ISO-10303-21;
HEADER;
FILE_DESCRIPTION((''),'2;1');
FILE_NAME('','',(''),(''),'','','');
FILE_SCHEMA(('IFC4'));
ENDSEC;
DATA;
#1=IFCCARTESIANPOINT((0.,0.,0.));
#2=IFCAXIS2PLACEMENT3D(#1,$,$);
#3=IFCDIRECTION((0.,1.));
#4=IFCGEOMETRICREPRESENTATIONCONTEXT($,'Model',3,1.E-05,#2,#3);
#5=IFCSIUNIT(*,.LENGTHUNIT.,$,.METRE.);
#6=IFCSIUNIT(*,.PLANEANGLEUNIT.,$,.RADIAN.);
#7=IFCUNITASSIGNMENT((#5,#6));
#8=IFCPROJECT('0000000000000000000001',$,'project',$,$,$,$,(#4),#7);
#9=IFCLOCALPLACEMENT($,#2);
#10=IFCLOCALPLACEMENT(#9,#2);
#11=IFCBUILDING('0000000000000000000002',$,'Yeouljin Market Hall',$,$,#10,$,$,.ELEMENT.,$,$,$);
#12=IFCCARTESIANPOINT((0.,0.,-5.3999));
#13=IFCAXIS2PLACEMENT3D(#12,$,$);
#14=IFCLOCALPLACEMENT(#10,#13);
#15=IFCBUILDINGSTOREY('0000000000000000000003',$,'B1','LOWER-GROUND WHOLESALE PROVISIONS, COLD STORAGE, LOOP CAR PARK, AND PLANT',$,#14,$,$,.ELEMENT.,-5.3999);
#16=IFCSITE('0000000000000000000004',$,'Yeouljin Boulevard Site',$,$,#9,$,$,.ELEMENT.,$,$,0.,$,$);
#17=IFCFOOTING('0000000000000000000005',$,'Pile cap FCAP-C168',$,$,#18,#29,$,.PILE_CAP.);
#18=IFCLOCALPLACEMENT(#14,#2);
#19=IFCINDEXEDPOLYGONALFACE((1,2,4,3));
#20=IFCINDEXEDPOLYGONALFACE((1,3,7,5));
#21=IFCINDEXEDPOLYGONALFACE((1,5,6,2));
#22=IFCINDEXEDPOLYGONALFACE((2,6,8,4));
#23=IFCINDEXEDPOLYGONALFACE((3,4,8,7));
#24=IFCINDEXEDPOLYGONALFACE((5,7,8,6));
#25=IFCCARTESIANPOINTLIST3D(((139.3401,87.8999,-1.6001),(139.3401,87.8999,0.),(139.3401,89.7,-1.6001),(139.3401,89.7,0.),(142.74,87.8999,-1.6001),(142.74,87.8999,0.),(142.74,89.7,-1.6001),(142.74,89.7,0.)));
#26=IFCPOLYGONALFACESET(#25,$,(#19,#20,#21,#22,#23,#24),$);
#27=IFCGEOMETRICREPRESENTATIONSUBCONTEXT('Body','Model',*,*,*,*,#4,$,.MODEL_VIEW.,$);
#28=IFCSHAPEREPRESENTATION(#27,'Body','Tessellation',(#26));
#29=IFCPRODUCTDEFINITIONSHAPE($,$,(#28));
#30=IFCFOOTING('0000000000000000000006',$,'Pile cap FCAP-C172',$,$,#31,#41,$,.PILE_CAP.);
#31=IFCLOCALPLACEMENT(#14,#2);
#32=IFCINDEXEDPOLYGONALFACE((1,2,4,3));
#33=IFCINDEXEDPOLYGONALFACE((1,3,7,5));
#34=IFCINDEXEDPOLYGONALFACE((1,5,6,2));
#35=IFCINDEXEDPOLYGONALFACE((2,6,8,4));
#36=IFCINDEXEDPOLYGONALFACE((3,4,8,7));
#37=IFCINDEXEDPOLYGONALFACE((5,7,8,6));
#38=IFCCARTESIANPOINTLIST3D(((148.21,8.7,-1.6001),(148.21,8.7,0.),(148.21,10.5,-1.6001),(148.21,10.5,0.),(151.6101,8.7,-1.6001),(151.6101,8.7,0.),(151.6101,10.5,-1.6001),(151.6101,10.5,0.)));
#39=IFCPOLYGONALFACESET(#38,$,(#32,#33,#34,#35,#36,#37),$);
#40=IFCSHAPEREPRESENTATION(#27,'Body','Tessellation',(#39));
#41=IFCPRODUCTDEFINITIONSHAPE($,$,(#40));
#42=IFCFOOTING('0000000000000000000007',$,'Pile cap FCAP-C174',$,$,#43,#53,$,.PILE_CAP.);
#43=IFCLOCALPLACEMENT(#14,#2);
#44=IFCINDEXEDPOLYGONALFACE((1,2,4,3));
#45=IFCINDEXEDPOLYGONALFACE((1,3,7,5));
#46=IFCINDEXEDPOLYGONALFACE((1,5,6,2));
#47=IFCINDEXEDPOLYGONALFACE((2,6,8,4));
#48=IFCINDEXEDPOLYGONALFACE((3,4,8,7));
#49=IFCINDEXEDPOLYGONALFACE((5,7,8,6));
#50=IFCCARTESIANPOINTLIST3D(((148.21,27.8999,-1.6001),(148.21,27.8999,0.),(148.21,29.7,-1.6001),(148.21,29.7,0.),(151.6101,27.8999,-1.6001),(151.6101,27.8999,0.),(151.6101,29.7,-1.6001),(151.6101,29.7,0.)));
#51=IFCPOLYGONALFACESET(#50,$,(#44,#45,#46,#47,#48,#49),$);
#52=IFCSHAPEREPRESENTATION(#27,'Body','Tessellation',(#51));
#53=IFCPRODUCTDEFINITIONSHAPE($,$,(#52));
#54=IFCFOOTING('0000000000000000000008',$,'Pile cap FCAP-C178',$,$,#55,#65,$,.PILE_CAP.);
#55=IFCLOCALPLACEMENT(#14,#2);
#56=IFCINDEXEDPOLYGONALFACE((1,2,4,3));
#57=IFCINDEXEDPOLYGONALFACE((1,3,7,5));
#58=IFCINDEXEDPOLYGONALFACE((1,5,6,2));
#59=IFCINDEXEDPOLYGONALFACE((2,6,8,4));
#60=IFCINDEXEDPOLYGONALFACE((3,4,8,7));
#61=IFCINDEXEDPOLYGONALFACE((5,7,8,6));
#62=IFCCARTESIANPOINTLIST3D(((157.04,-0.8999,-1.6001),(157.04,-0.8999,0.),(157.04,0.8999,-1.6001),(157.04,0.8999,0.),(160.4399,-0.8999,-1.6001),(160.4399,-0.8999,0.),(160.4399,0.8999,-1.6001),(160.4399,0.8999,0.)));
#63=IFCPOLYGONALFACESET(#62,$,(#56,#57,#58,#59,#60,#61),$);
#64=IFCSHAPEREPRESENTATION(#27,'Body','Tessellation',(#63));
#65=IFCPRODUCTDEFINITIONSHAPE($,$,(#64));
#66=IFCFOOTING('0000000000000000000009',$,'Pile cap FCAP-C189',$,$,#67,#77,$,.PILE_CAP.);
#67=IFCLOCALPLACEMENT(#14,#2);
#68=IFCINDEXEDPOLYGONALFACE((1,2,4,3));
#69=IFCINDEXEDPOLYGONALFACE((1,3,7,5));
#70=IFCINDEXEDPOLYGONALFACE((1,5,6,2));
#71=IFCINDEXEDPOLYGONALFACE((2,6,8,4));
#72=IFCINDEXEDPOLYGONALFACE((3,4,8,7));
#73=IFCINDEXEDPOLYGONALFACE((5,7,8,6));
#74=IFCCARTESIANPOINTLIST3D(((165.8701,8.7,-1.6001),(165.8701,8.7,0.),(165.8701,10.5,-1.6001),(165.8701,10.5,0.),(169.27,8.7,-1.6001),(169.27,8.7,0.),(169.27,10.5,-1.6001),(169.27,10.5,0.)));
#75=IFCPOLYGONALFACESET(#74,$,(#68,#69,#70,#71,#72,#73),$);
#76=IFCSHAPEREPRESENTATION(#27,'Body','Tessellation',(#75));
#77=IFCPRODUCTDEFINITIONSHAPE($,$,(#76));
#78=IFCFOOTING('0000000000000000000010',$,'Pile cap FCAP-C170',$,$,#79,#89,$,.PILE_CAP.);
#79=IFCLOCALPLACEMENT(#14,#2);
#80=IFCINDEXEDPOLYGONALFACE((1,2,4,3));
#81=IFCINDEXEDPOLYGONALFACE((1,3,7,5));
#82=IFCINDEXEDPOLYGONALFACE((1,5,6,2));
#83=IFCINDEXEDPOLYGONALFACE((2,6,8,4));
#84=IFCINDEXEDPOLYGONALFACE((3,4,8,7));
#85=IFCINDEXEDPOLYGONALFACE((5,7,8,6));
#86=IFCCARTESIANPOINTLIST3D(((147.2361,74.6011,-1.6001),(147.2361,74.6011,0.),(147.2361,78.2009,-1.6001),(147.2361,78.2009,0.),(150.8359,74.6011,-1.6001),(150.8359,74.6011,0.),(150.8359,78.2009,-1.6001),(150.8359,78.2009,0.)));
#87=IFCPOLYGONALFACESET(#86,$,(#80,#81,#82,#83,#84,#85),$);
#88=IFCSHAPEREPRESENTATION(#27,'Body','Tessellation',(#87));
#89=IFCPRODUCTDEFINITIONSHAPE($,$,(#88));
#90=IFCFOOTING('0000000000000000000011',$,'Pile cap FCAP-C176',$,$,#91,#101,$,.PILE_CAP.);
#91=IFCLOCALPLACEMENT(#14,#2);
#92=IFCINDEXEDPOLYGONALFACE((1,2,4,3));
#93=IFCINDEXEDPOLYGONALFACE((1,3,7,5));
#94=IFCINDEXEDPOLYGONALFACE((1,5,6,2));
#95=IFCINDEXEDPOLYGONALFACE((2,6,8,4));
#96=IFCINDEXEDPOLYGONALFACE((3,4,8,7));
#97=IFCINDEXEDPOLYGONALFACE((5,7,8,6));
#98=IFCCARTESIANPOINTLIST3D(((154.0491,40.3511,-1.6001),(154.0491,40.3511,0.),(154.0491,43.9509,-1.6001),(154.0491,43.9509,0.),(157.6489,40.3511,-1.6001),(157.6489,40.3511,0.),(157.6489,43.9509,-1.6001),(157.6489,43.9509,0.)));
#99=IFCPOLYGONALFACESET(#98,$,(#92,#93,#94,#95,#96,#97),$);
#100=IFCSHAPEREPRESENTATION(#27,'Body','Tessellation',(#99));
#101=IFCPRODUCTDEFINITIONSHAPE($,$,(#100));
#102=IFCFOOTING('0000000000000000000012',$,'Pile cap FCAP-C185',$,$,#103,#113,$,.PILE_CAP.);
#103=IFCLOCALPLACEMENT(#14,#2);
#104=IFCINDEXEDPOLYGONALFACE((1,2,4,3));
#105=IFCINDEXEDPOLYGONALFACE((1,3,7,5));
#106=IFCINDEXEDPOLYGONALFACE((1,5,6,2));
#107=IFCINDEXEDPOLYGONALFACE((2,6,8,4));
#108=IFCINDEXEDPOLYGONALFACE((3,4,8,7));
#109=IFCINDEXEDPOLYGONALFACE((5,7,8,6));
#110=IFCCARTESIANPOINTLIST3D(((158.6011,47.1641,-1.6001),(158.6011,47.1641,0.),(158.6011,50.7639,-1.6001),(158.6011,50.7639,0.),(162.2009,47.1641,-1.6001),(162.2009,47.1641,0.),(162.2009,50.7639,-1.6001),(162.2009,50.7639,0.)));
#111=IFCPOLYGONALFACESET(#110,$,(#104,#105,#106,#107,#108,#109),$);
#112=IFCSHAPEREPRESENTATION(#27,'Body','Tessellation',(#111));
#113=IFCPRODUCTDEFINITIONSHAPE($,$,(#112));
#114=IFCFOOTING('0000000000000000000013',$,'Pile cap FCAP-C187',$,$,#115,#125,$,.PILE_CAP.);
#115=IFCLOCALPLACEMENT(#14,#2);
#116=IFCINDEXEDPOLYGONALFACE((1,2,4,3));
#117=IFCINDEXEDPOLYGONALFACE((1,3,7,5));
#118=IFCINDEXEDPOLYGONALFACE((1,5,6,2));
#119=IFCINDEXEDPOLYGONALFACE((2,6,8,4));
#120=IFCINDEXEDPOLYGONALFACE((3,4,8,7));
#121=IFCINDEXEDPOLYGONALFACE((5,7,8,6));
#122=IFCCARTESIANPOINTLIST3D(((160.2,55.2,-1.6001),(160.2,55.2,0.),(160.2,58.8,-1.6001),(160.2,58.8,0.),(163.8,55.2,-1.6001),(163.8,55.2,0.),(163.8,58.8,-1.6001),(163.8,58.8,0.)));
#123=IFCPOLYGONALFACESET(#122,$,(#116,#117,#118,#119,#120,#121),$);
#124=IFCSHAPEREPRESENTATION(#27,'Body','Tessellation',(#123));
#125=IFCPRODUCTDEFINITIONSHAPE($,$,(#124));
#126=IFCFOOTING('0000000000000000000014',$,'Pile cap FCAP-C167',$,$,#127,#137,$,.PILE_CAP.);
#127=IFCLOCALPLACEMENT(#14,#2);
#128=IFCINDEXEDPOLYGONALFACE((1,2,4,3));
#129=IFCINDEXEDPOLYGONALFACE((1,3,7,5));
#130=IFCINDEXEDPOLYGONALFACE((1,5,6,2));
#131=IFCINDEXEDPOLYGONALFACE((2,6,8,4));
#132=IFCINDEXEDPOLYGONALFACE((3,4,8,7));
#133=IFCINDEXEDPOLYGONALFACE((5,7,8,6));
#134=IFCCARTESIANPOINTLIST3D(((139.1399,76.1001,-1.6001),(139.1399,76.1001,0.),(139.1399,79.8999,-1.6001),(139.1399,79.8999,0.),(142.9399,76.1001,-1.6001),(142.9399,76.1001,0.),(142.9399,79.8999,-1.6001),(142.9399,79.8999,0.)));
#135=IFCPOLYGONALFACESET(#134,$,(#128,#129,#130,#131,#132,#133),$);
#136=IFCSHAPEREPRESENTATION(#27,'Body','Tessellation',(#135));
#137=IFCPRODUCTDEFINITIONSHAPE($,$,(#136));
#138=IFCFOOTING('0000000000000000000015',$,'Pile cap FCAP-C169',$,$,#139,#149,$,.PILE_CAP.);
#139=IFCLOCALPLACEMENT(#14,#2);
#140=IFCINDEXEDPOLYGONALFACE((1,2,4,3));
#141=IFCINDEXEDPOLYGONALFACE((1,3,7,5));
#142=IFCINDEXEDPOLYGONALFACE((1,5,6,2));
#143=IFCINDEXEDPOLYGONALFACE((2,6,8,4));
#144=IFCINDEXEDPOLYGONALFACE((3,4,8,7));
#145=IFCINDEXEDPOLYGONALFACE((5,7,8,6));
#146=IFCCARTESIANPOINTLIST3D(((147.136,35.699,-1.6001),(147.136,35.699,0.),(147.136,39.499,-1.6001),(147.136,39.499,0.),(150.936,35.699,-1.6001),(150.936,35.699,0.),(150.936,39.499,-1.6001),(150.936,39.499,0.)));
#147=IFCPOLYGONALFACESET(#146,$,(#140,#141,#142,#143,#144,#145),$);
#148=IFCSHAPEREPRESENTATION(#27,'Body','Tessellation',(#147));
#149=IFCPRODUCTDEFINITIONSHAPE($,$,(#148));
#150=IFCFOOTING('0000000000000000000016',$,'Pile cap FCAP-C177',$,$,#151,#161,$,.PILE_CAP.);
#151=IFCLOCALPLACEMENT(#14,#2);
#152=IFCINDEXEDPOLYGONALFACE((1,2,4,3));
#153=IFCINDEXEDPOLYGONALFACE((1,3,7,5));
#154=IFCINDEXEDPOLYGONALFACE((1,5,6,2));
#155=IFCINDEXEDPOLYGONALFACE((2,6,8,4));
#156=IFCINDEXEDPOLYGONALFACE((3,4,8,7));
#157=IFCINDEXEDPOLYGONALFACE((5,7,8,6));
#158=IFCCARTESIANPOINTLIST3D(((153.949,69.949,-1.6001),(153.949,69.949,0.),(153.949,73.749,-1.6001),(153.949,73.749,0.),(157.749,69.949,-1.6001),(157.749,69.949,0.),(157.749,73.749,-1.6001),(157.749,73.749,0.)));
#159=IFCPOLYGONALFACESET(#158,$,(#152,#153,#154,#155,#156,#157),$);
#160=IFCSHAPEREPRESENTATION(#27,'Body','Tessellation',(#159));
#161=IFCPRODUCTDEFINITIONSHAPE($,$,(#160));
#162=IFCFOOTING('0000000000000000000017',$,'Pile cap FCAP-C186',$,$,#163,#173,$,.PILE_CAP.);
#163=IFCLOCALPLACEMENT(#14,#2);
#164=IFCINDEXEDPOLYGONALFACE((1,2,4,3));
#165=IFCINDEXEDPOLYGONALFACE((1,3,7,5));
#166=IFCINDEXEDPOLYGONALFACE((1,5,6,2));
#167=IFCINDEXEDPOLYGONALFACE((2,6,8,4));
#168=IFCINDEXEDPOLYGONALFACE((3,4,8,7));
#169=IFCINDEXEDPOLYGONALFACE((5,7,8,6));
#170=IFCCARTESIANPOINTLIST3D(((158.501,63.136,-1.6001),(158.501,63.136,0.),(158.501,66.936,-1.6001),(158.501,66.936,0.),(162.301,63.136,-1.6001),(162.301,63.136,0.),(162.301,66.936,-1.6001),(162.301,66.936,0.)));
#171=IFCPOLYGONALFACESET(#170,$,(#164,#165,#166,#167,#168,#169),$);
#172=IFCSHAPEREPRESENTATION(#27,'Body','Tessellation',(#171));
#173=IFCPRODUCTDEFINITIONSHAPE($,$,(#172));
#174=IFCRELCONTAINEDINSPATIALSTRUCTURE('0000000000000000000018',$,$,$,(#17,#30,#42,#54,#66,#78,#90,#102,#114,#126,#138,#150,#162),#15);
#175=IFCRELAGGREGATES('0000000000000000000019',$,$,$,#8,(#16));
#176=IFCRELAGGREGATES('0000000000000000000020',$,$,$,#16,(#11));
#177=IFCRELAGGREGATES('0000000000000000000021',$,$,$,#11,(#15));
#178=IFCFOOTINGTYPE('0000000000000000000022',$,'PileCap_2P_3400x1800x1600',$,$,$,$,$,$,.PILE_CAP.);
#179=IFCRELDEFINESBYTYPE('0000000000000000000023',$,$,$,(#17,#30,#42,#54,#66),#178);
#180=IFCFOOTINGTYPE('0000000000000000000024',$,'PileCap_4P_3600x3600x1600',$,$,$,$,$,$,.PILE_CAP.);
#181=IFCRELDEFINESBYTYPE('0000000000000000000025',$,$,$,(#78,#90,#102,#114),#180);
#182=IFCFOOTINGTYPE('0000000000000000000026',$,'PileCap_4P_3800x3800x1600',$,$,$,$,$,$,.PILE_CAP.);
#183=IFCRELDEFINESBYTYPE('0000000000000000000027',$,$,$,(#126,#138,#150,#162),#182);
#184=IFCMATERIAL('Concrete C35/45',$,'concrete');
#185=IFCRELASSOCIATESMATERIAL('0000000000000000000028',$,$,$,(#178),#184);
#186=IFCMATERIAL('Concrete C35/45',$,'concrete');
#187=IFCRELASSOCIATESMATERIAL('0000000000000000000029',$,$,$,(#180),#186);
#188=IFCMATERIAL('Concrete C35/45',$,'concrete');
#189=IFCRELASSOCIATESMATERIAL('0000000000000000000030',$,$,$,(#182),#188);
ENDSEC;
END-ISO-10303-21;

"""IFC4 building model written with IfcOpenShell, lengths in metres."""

from ifc_helpers import new_model, si_unit, direction, frame, origin, place, context, subcontext, project, spatial, polyline, outline, extrude, material, type_object, element, save


model = new_model("IFC4")

# Units and contexts
model_context = context("Model", 3, precision=1e-05, world=origin(), true_north=direction((0.0, 1.0)))
body_context = subcontext(model_context, "Body", "Model", "MODEL_VIEW")
ifc_project = project(units=[si_unit("LENGTHUNIT", "METRE"), si_unit("PLANEANGLEUNIT", "RADIAN")], contexts=[model_context])

# Site, building, storey
site_placement = place(None, origin())
site = spatial("IfcSite", under=ifc_project, at=site_placement, Name="Yeouljin Boulevard Site", CompositionType="ELEMENT", RefElevation=0.0)
building_placement = place(site_placement, origin())
building = spatial("IfcBuilding", under=site, at=building_placement, Name="Yeouljin Market Hall", CompositionType="ELEMENT")
storey_placement = place(building_placement, frame((0.0, 0.0, -5.3999)))
storey = spatial("IfcBuildingStorey", under=building, at=storey_placement, Name="B1", Description="LOWER-GROUND WHOLESALE PROVISIONS, COLD STORAGE, LOOP CAR PARK, AND PLANT", CompositionType="ELEMENT", Elevation=-5.3999)

# Footings
ifc_material_1 = material(Name="Concrete C35/45", Category="concrete")
footing_type_1 = type_object("IfcFootingType", Name="PileCap_2P_3400x1800x1600", PredefinedType="PILE_CAP", material=ifc_material_1)
footing_1_placement = place(storey_placement, frame((0.0, 0.0, -1.6001)))
element("IfcFooting", 1, at=footing_1_placement, inside=storey, type_object=footing_type_1, Name="Pile cap FCAP-C168", PredefinedType="PILE_CAP", context=body_context, shape_type="SweptSolid", body=[
    extrude(outline(polyline([(139.3401, 87.8999), (142.74, 87.8999), (142.74, 89.7), (139.3401, 89.7), (139.3401, 87.8999)])), origin(), (0.0, 0.0, 1.0), 1.6001),
])
footing_2_placement = place(storey_placement, frame((0.0, 0.0, -1.6001)))
element("IfcFooting", 2, at=footing_2_placement, inside=storey, type_object=footing_type_1, Name="Pile cap FCAP-C172", PredefinedType="PILE_CAP", context=body_context, shape_type="SweptSolid", body=[
    extrude(outline(polyline([(148.21, 8.7), (151.6101, 8.7), (151.6101, 10.5), (148.21, 10.5), (148.21, 8.7)])), origin(), (0.0, 0.0, 1.0), 1.6001),
])
footing_3_placement = place(storey_placement, frame((0.0, 0.0, -1.6001)))
element("IfcFooting", 3, at=footing_3_placement, inside=storey, type_object=footing_type_1, Name="Pile cap FCAP-C174", PredefinedType="PILE_CAP", context=body_context, shape_type="SweptSolid", body=[
    extrude(outline(polyline([(148.21, 27.8999), (151.6101, 27.8999), (151.6101, 29.7), (148.21, 29.7), (148.21, 27.8999)])), origin(), (0.0, 0.0, 1.0), 1.6001),
])
footing_4_placement = place(storey_placement, frame((0.0, 0.0, -1.6001)))
element("IfcFooting", 4, at=footing_4_placement, inside=storey, type_object=footing_type_1, Name="Pile cap FCAP-C178", PredefinedType="PILE_CAP", context=body_context, shape_type="SweptSolid", body=[
    extrude(outline(polyline([(157.04, -0.8999), (160.4399, -0.8999), (160.4399, 0.8999), (157.04, 0.8999), (157.04, -0.8999)])), origin(), (0.0, 0.0, 1.0), 1.6001),
])
footing_5_placement = place(storey_placement, frame((0.0, 0.0, -1.6001)))
element("IfcFooting", 5, at=footing_5_placement, inside=storey, type_object=footing_type_1, Name="Pile cap FCAP-C189", PredefinedType="PILE_CAP", context=body_context, shape_type="SweptSolid", body=[
    extrude(outline(polyline([(165.8701, 8.7), (169.27, 8.7), (169.27, 10.5), (165.8701, 10.5), (165.8701, 8.7)])), origin(), (0.0, 0.0, 1.0), 1.6001),
])
ifc_material_2 = material(Name="Concrete C35/45", Category="concrete")
footing_type_2 = type_object("IfcFootingType", Name="PileCap_4P_3600x3600x1600", PredefinedType="PILE_CAP", material=ifc_material_2)
footing_6_placement = place(storey_placement, frame((0.0, 0.0, -1.6001)))
element("IfcFooting", 6, at=footing_6_placement, inside=storey, type_object=footing_type_2, Name="Pile cap FCAP-C170", PredefinedType="PILE_CAP", context=body_context, shape_type="SweptSolid", body=[
    extrude(outline(polyline([(147.2361, 74.6011), (150.8359, 74.6011), (150.8359, 78.2009), (147.2361, 78.2009), (147.2361, 74.6011)])), origin(), (0.0, 0.0, 1.0), 1.6001),
])
footing_7_placement = place(storey_placement, frame((0.0, 0.0, -1.6001)))
element("IfcFooting", 7, at=footing_7_placement, inside=storey, type_object=footing_type_2, Name="Pile cap FCAP-C176", PredefinedType="PILE_CAP", context=body_context, shape_type="SweptSolid", body=[
    extrude(outline(polyline([(154.0491, 40.3511), (157.6489, 40.3511), (157.6489, 43.9509), (154.0491, 43.9509), (154.0491, 40.3511)])), origin(), (0.0, 0.0, 1.0), 1.6001),
])
footing_8_placement = place(storey_placement, frame((0.0, 0.0, -1.6001)))
element("IfcFooting", 8, at=footing_8_placement, inside=storey, type_object=footing_type_2, Name="Pile cap FCAP-C185", PredefinedType="PILE_CAP", context=body_context, shape_type="SweptSolid", body=[
    extrude(outline(polyline([(158.6011, 47.1641), (162.2009, 47.1641), (162.2009, 50.7639), (158.6011, 50.7639), (158.6011, 47.1641)])), origin(), (0.0, 0.0, 1.0), 1.6001),
])
footing_9_placement = place(storey_placement, frame((0.0, 0.0, -1.6001)))
element("IfcFooting", 9, at=footing_9_placement, inside=storey, type_object=footing_type_2, Name="Pile cap FCAP-C187", PredefinedType="PILE_CAP", context=body_context, shape_type="SweptSolid", body=[
    extrude(outline(polyline([(160.2, 55.2), (163.8, 55.2), (163.8, 58.8), (160.2, 58.8), (160.2, 55.2)])), origin(), (0.0, 0.0, 1.0), 1.6001),
])
ifc_material_3 = material(Name="Concrete C35/45", Category="concrete")
footing_type_3 = type_object("IfcFootingType", Name="PileCap_4P_3800x3800x1600", PredefinedType="PILE_CAP", material=ifc_material_3)
footing_10_placement = place(storey_placement, frame((0.0, 0.0, -1.6001)))
element("IfcFooting", 10, at=footing_10_placement, inside=storey, type_object=footing_type_3, Name="Pile cap FCAP-C167", PredefinedType="PILE_CAP", context=body_context, shape_type="SweptSolid", body=[
    extrude(outline(polyline([(139.1399, 76.1001), (142.9399, 76.1001), (142.9399, 79.8999), (139.1399, 79.8999), (139.1399, 76.1001)])), origin(), (0.0, 0.0, 1.0), 1.6001),
])
footing_11_placement = place(storey_placement, frame((0.0, 0.0, -1.6001)))
element("IfcFooting", 11, at=footing_11_placement, inside=storey, type_object=footing_type_3, Name="Pile cap FCAP-C169", PredefinedType="PILE_CAP", context=body_context, shape_type="SweptSolid", body=[
    extrude(outline(polyline([(147.136, 35.699), (150.936, 35.699), (150.936, 39.499), (147.136, 39.499), (147.136, 35.699)])), origin(), (0.0, 0.0, 1.0), 1.6001),
])
footing_12_placement = place(storey_placement, frame((0.0, 0.0, -1.6001)))
element("IfcFooting", 12, at=footing_12_placement, inside=storey, type_object=footing_type_3, Name="Pile cap FCAP-C177", PredefinedType="PILE_CAP", context=body_context, shape_type="SweptSolid", body=[
    extrude(outline(polyline([(153.949, 69.949), (157.749, 69.949), (157.749, 73.749), (153.949, 73.749), (153.949, 69.949)])), origin(), (0.0, 0.0, 1.0), 1.6001),
])
footing_13_placement = place(storey_placement, frame((0.0, 0.0, -1.6001)))
element("IfcFooting", 13, at=footing_13_placement, inside=storey, type_object=footing_type_3, Name="Pile cap FCAP-C186", PredefinedType="PILE_CAP", context=body_context, shape_type="SweptSolid", body=[
    extrude(outline(polyline([(158.501, 63.136), (162.301, 63.136), (162.301, 66.936), (158.501, 66.936), (158.501, 63.136)])), origin(), (0.0, 0.0, 1.0), 1.6001),
])

save(model, "model.ifc")
